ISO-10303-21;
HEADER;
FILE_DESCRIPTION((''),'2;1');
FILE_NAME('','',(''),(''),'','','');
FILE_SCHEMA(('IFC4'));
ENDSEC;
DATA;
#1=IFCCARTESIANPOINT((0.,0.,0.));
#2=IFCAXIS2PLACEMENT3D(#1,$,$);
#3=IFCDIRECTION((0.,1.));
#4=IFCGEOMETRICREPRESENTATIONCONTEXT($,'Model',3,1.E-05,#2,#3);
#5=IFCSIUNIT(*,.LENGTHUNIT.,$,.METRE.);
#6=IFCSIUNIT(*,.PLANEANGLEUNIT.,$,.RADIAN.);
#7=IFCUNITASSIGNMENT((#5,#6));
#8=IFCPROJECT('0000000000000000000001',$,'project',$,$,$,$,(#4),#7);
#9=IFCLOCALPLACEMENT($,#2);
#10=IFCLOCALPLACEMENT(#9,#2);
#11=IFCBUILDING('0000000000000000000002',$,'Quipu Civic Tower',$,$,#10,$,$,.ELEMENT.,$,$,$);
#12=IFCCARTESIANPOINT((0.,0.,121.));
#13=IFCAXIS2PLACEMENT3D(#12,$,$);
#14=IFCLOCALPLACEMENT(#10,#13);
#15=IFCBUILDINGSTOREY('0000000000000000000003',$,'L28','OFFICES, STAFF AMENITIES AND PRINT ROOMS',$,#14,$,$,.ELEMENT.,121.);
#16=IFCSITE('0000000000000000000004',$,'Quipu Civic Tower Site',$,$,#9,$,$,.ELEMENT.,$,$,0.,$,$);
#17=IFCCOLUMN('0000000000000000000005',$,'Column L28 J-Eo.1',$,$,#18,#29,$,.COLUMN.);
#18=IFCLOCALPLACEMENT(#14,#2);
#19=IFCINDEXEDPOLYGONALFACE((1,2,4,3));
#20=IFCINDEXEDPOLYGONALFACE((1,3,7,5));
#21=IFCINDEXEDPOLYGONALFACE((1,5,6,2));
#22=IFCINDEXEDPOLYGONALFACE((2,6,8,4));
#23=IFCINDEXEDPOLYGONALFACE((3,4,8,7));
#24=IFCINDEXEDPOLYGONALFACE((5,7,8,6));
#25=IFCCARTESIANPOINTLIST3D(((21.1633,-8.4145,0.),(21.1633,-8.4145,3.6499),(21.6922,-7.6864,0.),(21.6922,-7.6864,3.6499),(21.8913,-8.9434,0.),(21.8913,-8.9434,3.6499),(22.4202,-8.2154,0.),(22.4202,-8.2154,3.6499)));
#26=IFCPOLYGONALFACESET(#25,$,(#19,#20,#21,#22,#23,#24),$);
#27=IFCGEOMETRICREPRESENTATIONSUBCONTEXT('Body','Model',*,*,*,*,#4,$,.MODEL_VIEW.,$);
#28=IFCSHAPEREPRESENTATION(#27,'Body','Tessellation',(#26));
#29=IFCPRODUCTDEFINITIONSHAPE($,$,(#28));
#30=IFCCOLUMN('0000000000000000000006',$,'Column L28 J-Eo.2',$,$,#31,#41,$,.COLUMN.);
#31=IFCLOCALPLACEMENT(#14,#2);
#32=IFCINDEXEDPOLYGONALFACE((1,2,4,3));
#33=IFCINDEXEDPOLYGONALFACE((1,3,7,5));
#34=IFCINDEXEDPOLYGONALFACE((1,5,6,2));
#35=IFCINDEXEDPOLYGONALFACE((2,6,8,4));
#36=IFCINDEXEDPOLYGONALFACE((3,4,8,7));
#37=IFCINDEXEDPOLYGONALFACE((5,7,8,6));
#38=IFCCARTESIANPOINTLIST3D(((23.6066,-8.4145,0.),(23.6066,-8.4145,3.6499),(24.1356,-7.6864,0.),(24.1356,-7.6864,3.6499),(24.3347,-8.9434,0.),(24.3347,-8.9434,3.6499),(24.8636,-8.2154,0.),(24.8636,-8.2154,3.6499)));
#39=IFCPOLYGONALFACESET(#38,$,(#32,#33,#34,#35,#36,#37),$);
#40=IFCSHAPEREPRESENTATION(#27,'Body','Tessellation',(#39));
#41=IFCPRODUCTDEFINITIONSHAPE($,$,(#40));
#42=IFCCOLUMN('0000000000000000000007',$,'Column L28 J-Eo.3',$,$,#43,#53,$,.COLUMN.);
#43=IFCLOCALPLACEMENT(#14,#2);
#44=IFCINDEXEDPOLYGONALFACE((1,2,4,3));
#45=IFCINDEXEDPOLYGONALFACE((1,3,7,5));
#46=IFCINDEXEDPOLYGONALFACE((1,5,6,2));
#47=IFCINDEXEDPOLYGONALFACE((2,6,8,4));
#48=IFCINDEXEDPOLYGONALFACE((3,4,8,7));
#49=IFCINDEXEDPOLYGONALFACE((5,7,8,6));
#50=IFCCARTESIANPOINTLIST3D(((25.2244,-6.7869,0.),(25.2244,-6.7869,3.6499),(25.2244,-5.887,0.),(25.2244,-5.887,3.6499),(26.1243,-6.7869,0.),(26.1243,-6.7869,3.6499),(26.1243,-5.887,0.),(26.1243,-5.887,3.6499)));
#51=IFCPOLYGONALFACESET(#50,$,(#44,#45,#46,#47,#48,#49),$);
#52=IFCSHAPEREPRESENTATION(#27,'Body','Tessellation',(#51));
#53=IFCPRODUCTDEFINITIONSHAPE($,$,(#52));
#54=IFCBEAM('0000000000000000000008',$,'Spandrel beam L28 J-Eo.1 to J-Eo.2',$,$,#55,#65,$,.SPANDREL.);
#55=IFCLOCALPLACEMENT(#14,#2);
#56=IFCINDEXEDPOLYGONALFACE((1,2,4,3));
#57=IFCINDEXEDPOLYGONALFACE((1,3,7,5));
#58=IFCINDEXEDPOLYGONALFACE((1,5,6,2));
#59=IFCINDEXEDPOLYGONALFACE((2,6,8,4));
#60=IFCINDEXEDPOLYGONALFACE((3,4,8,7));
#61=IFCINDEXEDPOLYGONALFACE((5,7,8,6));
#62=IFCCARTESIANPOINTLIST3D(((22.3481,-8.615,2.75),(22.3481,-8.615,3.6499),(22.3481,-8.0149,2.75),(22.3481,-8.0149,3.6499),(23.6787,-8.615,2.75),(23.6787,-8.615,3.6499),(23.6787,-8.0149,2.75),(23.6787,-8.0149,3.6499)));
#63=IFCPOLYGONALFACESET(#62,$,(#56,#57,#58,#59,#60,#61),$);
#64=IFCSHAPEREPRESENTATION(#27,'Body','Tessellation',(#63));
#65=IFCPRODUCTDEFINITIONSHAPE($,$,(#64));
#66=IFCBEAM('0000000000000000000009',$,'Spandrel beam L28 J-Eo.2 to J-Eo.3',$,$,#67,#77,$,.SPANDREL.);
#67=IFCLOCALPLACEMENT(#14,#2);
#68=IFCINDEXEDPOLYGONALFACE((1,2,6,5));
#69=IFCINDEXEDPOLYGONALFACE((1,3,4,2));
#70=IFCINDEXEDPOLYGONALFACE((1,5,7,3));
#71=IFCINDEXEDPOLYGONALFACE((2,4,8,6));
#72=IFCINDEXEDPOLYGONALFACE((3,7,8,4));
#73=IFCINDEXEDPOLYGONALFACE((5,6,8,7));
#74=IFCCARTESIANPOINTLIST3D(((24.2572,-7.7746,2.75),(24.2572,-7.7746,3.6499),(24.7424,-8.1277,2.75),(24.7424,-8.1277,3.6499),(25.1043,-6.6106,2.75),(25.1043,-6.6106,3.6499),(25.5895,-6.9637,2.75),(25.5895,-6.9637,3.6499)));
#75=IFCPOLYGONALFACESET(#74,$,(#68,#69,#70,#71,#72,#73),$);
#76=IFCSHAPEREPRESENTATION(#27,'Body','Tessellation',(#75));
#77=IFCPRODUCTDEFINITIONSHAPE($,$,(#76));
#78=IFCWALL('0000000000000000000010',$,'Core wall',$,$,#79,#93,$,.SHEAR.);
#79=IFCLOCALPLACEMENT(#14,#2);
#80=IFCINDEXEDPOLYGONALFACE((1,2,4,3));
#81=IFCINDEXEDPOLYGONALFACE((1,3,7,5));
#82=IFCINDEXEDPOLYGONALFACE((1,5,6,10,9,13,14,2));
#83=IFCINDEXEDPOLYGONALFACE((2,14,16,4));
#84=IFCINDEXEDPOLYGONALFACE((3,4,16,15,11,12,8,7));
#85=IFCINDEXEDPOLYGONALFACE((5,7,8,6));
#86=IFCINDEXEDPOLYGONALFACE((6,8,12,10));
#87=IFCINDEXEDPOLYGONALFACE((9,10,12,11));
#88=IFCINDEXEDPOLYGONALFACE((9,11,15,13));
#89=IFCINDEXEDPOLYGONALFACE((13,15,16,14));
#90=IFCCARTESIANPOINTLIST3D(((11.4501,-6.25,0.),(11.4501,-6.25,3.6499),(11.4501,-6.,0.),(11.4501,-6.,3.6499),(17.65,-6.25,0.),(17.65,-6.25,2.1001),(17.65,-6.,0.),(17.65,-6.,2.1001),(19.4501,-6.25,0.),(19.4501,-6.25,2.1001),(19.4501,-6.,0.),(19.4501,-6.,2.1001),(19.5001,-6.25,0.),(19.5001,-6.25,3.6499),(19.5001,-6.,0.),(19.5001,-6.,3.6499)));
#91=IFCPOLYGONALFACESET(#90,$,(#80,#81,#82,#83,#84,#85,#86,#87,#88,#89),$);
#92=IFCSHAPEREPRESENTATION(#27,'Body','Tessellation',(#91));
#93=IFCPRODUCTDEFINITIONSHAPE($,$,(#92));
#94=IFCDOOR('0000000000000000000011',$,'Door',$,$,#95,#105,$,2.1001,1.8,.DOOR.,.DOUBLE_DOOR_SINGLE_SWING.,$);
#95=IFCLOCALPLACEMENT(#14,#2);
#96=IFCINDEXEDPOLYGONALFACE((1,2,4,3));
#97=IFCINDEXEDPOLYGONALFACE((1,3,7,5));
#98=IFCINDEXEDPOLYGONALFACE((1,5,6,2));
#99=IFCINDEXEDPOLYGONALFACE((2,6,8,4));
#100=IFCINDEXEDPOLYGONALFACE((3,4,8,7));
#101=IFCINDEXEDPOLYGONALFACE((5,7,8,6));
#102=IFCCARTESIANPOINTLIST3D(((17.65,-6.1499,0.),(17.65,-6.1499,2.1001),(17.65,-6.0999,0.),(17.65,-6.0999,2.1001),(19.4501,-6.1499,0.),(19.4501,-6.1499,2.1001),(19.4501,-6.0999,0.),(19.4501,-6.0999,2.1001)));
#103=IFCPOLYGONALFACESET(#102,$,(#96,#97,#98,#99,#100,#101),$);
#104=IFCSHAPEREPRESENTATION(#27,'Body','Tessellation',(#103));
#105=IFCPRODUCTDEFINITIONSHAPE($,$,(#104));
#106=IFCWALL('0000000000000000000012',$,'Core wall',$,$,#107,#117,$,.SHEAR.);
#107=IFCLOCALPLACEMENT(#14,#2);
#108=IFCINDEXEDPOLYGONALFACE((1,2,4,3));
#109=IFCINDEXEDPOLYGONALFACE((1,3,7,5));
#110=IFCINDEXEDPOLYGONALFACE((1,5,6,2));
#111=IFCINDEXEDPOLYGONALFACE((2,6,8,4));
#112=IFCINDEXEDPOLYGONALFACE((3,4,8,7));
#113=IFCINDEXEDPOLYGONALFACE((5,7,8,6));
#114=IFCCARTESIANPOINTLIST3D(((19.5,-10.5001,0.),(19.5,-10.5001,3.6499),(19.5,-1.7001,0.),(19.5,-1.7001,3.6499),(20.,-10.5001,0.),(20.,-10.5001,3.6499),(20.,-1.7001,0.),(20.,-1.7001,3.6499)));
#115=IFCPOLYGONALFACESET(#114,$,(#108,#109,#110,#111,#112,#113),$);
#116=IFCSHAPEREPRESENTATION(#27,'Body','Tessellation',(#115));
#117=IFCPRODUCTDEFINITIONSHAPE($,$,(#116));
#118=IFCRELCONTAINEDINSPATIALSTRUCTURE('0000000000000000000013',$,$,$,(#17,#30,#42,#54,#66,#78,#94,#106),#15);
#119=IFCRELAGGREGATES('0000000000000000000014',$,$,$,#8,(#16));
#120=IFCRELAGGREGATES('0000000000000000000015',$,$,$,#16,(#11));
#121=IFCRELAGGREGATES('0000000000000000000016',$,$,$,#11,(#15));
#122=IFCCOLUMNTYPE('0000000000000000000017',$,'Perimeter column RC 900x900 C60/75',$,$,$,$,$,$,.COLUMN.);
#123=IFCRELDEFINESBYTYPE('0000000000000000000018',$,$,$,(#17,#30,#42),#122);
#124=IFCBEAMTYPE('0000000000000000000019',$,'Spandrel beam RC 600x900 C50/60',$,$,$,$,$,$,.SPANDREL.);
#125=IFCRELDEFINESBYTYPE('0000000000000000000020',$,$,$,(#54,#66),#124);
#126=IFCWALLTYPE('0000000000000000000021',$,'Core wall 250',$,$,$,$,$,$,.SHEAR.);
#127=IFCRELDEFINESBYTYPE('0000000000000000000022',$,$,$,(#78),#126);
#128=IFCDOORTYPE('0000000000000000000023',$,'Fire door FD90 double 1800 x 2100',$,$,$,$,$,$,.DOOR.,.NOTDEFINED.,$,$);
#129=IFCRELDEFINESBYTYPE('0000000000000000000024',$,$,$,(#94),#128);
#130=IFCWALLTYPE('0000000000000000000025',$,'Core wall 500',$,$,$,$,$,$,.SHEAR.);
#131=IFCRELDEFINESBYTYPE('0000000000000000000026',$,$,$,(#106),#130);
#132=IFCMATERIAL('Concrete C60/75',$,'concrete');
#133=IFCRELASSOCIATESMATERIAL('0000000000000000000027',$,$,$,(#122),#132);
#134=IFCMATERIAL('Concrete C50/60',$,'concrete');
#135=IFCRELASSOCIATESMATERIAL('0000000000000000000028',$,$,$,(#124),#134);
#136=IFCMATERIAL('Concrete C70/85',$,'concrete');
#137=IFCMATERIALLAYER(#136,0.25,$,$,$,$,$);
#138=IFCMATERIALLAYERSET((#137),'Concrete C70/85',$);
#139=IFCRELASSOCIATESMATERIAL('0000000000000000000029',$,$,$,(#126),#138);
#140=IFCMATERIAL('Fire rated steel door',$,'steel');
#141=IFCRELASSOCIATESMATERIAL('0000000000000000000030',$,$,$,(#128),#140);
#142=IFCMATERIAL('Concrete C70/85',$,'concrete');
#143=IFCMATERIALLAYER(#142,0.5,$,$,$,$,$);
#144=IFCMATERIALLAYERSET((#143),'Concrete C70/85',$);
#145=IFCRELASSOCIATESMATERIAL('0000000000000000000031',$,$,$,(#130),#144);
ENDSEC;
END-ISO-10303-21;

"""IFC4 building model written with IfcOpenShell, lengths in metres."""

from ifc_helpers import new_model, si_unit, direction, frame, frame_2d, origin, origin_2d, place, context, subcontext, project, spatial, rectangle, extrude, material, layer, layer_set, material_profile, profile_set, type_object, element, fill, save


model = new_model("IFC4")

# Units and contexts
model_context = context("Model", 3, precision=1e-05, world=origin(), true_north=direction((0.0, 1.0)))
body_context = subcontext(model_context, "Body", "Model", "MODEL_VIEW")
ifc_project = project(units=[si_unit("LENGTHUNIT", "METRE"), si_unit("PLANEANGLEUNIT", "RADIAN")], contexts=[model_context])

# Site, building, storey
site_placement = place(None, origin())
site = spatial("IfcSite", under=ifc_project, at=site_placement, Name="Quipu Civic Tower Site", CompositionType="ELEMENT", RefElevation=0.0)
building_placement = place(site_placement, origin())
building = spatial("IfcBuilding", under=site, at=building_placement, Name="Quipu Civic Tower", CompositionType="ELEMENT")
storey_placement = place(building_placement, frame((0.0, 0.0, 121.0)))
storey = spatial("IfcBuildingStorey", under=building, at=storey_placement, Name="L28", Description="OFFICES, STAFF AMENITIES AND PRINT ROOMS", CompositionType="ELEMENT", Elevation=121.0)

# Columns
ifc_material_1 = material(Name="Concrete C60/75", Category="concrete")
ifc_material_profile_1 = material_profile(ifc_material_1, rectangle(XDim=0.8999, YDim=0.8999, at=origin_2d()), Name="RC900x900")
ifc_profile_set_1 = profile_set([ifc_material_profile_1], Name="Concrete C60/75")
column_type = type_object("IfcColumnType", Name="Perimeter column RC 900x900 C60/75", PredefinedType="COLUMN", material=ifc_profile_set_1)
for number, where, z_axis, x_axis, name in (
    (1, (21.7917, -8.3149, 0.0), (0.0, 0.0, 1.0), (0.587785, 0.809017, 0.0), "Column L28 J-Eo.1"),
    (2, (24.2351, -8.3149, 0.0), (0.0, 0.0, 1.0), (0.587785, 0.809017, 0.0), "Column L28 J-Eo.2"),
    (3, (25.6743, -6.3369, 0.0), (0.0, 0.0, 1.0), (1.0, 0.0, 0.0), "Column L28 J-Eo.3"),
):
    element("IfcColumn", number, at=place(storey_placement, frame(where, z_axis=z_axis, x_axis=x_axis)), inside=storey, type_object=column_type, Name=name, PredefinedType="COLUMN", context=body_context, shape_type="SweptSolid", body=[
        extrude(rectangle(XDim=0.8999, YDim=0.8999, at=origin_2d()), origin(), (0.0, 0.0, 1.0), 3.6499),
    ])

# Beams
ifc_material_2 = material(Name="Concrete C50/60", Category="concrete")
ifc_material_profile_2 = material_profile(ifc_material_2, rectangle(XDim=0.6001, YDim=0.8999, at=origin_2d()), Name="RC600x900")
ifc_profile_set_2 = profile_set([ifc_material_profile_2], Name="Concrete C50/60")
beam_type = type_object("IfcBeamType", Name="Spandrel beam RC 600x900 C50/60", PredefinedType="SPANDREL", material=ifc_profile_set_2)
beam_1_placement = place(storey_placement, frame((22.3481, -8.3149, 3.2), z_axis=(1.0, 0.0, 0.0), x_axis=(0.0, 1.0, 0.0)))
element("IfcBeam", 4, at=beam_1_placement, inside=storey, type_object=beam_type, Name="Spandrel beam L28 J-Eo.1 to J-Eo.2", PredefinedType="SPANDREL", context=body_context, shape_type="SweptSolid", body=[
    extrude(rectangle(XDim=0.6001, YDim=0.8999, at=origin_2d()), origin(), (0.0, 0.0, 1.0), 1.3306),
])
beam_2_placement = place(storey_placement, frame((24.4998, -7.9512, 3.2), z_axis=(0.588434, 0.808545, 0.0), x_axis=(-0.808545, 0.588434, 0.0)))
element("IfcBeam", 5, at=beam_2_placement, inside=storey, type_object=beam_type, Name="Spandrel beam L28 J-Eo.2 to J-Eo.3", PredefinedType="SPANDREL", context=body_context, shape_type="SweptSolid", body=[
    extrude(rectangle(XDim=0.6001, YDim=0.8999, at=origin_2d()), origin(), (0.0, 0.0, 1.0), 1.4397),
])

# Wall, opening, door
ifc_material_3 = material(Name="Concrete C70/85", Category="concrete")
ifc_layer_1 = layer(ifc_material_3, 0.25)
ifc_layer_set_1 = layer_set([ifc_layer_1], Name="Concrete C70/85")
wall_type_1 = type_object("IfcWallType", Name="Core wall 250", PredefinedType="SHEAR", material=ifc_layer_set_1)
wall_1_placement = place(storey_placement, frame((19.5, -6.125, 0.0), z_axis=(0.0, 0.0, 1.0), x_axis=(-1.0, 0.0, 0.0)))
wall_1 = element("IfcWall", 6, at=wall_1_placement, inside=storey, type_object=wall_type_1, Name="Core wall", PredefinedType="SHEAR", context=body_context, shape_type="SweptSolid", body=[
    extrude(rectangle(XDim=8.05, YDim=0.25, at=frame_2d((4.0249, 0.0))), origin(), (0.0, 0.0, 1.0), 3.6499),
])
opening_1_placement = place(wall_1_placement, frame((0.05, 0.0, 0.0)))
opening_1 = element("IfcOpeningElement", 7, at=opening_1_placement, cuts=wall_1, PredefinedType="OPENING", context=body_context, shape_type="SweptSolid", body=[
    extrude(rectangle(XDim=1.8, YDim=2.1001, at=frame_2d((0.8999, 1.05))), frame((0.0, 0.135, 0.0), z_axis=(0.0, -1.0, 0.0), x_axis=(1.0, 0.0, 0.0)), (0.0, 0.0, 1.0), 0.27),
])
ifc_material_4 = material(Name="Fire rated steel door", Category="steel")
door_type_1 = type_object("IfcDoorType", Name="Fire door FD90 double 1800 x 2100", OperationType="NOTDEFINED", PredefinedType="DOOR", material=ifc_material_4)
door_1_placement = place(opening_1_placement, origin())
door_1 = element("IfcDoor", 8, at=door_1_placement, inside=storey, type_object=door_type_1, Name="Door", OperationType="DOUBLE_DOOR_SINGLE_SWING", OverallHeight=2.1001, OverallWidth=1.8, PredefinedType="DOOR", context=body_context, shape_type="SweptSolid", body=[
    extrude(rectangle(XDim=1.8, YDim=2.1001, at=frame_2d((0.8999, 1.05))), frame((0.0, 0.0249, 0.0), z_axis=(0.0, -1.0, 0.0), x_axis=(1.0, 0.0, 0.0)), (0.0, 0.0, 1.0), 0.05),
])
fill(opening_1, door_1)

# Wall
ifc_material_5 = material(Name="Concrete C70/85", Category="concrete")
ifc_layer_2 = layer(ifc_material_5, 0.5)
ifc_layer_set_2 = layer_set([ifc_layer_2], Name="Concrete C70/85")
wall_type_2 = type_object("IfcWallType", Name="Core wall 500", PredefinedType="SHEAR", material=ifc_layer_set_2)
wall_2_placement = place(storey_placement, frame((19.75, -10.5, 0.0), z_axis=(0.0, 0.0, 1.0), x_axis=(0.0, 1.0, 0.0)))
element("IfcWall", 9, at=wall_2_placement, inside=storey, type_object=wall_type_2, Name="Core wall", PredefinedType="SHEAR", context=body_context, shape_type="SweptSolid", body=[
    extrude(rectangle(XDim=8.8, YDim=0.5, at=frame_2d((4.3999, 0.0))), origin(), (0.0, 0.0, 1.0), 3.6499),
])

save(model, "model.ifc")
